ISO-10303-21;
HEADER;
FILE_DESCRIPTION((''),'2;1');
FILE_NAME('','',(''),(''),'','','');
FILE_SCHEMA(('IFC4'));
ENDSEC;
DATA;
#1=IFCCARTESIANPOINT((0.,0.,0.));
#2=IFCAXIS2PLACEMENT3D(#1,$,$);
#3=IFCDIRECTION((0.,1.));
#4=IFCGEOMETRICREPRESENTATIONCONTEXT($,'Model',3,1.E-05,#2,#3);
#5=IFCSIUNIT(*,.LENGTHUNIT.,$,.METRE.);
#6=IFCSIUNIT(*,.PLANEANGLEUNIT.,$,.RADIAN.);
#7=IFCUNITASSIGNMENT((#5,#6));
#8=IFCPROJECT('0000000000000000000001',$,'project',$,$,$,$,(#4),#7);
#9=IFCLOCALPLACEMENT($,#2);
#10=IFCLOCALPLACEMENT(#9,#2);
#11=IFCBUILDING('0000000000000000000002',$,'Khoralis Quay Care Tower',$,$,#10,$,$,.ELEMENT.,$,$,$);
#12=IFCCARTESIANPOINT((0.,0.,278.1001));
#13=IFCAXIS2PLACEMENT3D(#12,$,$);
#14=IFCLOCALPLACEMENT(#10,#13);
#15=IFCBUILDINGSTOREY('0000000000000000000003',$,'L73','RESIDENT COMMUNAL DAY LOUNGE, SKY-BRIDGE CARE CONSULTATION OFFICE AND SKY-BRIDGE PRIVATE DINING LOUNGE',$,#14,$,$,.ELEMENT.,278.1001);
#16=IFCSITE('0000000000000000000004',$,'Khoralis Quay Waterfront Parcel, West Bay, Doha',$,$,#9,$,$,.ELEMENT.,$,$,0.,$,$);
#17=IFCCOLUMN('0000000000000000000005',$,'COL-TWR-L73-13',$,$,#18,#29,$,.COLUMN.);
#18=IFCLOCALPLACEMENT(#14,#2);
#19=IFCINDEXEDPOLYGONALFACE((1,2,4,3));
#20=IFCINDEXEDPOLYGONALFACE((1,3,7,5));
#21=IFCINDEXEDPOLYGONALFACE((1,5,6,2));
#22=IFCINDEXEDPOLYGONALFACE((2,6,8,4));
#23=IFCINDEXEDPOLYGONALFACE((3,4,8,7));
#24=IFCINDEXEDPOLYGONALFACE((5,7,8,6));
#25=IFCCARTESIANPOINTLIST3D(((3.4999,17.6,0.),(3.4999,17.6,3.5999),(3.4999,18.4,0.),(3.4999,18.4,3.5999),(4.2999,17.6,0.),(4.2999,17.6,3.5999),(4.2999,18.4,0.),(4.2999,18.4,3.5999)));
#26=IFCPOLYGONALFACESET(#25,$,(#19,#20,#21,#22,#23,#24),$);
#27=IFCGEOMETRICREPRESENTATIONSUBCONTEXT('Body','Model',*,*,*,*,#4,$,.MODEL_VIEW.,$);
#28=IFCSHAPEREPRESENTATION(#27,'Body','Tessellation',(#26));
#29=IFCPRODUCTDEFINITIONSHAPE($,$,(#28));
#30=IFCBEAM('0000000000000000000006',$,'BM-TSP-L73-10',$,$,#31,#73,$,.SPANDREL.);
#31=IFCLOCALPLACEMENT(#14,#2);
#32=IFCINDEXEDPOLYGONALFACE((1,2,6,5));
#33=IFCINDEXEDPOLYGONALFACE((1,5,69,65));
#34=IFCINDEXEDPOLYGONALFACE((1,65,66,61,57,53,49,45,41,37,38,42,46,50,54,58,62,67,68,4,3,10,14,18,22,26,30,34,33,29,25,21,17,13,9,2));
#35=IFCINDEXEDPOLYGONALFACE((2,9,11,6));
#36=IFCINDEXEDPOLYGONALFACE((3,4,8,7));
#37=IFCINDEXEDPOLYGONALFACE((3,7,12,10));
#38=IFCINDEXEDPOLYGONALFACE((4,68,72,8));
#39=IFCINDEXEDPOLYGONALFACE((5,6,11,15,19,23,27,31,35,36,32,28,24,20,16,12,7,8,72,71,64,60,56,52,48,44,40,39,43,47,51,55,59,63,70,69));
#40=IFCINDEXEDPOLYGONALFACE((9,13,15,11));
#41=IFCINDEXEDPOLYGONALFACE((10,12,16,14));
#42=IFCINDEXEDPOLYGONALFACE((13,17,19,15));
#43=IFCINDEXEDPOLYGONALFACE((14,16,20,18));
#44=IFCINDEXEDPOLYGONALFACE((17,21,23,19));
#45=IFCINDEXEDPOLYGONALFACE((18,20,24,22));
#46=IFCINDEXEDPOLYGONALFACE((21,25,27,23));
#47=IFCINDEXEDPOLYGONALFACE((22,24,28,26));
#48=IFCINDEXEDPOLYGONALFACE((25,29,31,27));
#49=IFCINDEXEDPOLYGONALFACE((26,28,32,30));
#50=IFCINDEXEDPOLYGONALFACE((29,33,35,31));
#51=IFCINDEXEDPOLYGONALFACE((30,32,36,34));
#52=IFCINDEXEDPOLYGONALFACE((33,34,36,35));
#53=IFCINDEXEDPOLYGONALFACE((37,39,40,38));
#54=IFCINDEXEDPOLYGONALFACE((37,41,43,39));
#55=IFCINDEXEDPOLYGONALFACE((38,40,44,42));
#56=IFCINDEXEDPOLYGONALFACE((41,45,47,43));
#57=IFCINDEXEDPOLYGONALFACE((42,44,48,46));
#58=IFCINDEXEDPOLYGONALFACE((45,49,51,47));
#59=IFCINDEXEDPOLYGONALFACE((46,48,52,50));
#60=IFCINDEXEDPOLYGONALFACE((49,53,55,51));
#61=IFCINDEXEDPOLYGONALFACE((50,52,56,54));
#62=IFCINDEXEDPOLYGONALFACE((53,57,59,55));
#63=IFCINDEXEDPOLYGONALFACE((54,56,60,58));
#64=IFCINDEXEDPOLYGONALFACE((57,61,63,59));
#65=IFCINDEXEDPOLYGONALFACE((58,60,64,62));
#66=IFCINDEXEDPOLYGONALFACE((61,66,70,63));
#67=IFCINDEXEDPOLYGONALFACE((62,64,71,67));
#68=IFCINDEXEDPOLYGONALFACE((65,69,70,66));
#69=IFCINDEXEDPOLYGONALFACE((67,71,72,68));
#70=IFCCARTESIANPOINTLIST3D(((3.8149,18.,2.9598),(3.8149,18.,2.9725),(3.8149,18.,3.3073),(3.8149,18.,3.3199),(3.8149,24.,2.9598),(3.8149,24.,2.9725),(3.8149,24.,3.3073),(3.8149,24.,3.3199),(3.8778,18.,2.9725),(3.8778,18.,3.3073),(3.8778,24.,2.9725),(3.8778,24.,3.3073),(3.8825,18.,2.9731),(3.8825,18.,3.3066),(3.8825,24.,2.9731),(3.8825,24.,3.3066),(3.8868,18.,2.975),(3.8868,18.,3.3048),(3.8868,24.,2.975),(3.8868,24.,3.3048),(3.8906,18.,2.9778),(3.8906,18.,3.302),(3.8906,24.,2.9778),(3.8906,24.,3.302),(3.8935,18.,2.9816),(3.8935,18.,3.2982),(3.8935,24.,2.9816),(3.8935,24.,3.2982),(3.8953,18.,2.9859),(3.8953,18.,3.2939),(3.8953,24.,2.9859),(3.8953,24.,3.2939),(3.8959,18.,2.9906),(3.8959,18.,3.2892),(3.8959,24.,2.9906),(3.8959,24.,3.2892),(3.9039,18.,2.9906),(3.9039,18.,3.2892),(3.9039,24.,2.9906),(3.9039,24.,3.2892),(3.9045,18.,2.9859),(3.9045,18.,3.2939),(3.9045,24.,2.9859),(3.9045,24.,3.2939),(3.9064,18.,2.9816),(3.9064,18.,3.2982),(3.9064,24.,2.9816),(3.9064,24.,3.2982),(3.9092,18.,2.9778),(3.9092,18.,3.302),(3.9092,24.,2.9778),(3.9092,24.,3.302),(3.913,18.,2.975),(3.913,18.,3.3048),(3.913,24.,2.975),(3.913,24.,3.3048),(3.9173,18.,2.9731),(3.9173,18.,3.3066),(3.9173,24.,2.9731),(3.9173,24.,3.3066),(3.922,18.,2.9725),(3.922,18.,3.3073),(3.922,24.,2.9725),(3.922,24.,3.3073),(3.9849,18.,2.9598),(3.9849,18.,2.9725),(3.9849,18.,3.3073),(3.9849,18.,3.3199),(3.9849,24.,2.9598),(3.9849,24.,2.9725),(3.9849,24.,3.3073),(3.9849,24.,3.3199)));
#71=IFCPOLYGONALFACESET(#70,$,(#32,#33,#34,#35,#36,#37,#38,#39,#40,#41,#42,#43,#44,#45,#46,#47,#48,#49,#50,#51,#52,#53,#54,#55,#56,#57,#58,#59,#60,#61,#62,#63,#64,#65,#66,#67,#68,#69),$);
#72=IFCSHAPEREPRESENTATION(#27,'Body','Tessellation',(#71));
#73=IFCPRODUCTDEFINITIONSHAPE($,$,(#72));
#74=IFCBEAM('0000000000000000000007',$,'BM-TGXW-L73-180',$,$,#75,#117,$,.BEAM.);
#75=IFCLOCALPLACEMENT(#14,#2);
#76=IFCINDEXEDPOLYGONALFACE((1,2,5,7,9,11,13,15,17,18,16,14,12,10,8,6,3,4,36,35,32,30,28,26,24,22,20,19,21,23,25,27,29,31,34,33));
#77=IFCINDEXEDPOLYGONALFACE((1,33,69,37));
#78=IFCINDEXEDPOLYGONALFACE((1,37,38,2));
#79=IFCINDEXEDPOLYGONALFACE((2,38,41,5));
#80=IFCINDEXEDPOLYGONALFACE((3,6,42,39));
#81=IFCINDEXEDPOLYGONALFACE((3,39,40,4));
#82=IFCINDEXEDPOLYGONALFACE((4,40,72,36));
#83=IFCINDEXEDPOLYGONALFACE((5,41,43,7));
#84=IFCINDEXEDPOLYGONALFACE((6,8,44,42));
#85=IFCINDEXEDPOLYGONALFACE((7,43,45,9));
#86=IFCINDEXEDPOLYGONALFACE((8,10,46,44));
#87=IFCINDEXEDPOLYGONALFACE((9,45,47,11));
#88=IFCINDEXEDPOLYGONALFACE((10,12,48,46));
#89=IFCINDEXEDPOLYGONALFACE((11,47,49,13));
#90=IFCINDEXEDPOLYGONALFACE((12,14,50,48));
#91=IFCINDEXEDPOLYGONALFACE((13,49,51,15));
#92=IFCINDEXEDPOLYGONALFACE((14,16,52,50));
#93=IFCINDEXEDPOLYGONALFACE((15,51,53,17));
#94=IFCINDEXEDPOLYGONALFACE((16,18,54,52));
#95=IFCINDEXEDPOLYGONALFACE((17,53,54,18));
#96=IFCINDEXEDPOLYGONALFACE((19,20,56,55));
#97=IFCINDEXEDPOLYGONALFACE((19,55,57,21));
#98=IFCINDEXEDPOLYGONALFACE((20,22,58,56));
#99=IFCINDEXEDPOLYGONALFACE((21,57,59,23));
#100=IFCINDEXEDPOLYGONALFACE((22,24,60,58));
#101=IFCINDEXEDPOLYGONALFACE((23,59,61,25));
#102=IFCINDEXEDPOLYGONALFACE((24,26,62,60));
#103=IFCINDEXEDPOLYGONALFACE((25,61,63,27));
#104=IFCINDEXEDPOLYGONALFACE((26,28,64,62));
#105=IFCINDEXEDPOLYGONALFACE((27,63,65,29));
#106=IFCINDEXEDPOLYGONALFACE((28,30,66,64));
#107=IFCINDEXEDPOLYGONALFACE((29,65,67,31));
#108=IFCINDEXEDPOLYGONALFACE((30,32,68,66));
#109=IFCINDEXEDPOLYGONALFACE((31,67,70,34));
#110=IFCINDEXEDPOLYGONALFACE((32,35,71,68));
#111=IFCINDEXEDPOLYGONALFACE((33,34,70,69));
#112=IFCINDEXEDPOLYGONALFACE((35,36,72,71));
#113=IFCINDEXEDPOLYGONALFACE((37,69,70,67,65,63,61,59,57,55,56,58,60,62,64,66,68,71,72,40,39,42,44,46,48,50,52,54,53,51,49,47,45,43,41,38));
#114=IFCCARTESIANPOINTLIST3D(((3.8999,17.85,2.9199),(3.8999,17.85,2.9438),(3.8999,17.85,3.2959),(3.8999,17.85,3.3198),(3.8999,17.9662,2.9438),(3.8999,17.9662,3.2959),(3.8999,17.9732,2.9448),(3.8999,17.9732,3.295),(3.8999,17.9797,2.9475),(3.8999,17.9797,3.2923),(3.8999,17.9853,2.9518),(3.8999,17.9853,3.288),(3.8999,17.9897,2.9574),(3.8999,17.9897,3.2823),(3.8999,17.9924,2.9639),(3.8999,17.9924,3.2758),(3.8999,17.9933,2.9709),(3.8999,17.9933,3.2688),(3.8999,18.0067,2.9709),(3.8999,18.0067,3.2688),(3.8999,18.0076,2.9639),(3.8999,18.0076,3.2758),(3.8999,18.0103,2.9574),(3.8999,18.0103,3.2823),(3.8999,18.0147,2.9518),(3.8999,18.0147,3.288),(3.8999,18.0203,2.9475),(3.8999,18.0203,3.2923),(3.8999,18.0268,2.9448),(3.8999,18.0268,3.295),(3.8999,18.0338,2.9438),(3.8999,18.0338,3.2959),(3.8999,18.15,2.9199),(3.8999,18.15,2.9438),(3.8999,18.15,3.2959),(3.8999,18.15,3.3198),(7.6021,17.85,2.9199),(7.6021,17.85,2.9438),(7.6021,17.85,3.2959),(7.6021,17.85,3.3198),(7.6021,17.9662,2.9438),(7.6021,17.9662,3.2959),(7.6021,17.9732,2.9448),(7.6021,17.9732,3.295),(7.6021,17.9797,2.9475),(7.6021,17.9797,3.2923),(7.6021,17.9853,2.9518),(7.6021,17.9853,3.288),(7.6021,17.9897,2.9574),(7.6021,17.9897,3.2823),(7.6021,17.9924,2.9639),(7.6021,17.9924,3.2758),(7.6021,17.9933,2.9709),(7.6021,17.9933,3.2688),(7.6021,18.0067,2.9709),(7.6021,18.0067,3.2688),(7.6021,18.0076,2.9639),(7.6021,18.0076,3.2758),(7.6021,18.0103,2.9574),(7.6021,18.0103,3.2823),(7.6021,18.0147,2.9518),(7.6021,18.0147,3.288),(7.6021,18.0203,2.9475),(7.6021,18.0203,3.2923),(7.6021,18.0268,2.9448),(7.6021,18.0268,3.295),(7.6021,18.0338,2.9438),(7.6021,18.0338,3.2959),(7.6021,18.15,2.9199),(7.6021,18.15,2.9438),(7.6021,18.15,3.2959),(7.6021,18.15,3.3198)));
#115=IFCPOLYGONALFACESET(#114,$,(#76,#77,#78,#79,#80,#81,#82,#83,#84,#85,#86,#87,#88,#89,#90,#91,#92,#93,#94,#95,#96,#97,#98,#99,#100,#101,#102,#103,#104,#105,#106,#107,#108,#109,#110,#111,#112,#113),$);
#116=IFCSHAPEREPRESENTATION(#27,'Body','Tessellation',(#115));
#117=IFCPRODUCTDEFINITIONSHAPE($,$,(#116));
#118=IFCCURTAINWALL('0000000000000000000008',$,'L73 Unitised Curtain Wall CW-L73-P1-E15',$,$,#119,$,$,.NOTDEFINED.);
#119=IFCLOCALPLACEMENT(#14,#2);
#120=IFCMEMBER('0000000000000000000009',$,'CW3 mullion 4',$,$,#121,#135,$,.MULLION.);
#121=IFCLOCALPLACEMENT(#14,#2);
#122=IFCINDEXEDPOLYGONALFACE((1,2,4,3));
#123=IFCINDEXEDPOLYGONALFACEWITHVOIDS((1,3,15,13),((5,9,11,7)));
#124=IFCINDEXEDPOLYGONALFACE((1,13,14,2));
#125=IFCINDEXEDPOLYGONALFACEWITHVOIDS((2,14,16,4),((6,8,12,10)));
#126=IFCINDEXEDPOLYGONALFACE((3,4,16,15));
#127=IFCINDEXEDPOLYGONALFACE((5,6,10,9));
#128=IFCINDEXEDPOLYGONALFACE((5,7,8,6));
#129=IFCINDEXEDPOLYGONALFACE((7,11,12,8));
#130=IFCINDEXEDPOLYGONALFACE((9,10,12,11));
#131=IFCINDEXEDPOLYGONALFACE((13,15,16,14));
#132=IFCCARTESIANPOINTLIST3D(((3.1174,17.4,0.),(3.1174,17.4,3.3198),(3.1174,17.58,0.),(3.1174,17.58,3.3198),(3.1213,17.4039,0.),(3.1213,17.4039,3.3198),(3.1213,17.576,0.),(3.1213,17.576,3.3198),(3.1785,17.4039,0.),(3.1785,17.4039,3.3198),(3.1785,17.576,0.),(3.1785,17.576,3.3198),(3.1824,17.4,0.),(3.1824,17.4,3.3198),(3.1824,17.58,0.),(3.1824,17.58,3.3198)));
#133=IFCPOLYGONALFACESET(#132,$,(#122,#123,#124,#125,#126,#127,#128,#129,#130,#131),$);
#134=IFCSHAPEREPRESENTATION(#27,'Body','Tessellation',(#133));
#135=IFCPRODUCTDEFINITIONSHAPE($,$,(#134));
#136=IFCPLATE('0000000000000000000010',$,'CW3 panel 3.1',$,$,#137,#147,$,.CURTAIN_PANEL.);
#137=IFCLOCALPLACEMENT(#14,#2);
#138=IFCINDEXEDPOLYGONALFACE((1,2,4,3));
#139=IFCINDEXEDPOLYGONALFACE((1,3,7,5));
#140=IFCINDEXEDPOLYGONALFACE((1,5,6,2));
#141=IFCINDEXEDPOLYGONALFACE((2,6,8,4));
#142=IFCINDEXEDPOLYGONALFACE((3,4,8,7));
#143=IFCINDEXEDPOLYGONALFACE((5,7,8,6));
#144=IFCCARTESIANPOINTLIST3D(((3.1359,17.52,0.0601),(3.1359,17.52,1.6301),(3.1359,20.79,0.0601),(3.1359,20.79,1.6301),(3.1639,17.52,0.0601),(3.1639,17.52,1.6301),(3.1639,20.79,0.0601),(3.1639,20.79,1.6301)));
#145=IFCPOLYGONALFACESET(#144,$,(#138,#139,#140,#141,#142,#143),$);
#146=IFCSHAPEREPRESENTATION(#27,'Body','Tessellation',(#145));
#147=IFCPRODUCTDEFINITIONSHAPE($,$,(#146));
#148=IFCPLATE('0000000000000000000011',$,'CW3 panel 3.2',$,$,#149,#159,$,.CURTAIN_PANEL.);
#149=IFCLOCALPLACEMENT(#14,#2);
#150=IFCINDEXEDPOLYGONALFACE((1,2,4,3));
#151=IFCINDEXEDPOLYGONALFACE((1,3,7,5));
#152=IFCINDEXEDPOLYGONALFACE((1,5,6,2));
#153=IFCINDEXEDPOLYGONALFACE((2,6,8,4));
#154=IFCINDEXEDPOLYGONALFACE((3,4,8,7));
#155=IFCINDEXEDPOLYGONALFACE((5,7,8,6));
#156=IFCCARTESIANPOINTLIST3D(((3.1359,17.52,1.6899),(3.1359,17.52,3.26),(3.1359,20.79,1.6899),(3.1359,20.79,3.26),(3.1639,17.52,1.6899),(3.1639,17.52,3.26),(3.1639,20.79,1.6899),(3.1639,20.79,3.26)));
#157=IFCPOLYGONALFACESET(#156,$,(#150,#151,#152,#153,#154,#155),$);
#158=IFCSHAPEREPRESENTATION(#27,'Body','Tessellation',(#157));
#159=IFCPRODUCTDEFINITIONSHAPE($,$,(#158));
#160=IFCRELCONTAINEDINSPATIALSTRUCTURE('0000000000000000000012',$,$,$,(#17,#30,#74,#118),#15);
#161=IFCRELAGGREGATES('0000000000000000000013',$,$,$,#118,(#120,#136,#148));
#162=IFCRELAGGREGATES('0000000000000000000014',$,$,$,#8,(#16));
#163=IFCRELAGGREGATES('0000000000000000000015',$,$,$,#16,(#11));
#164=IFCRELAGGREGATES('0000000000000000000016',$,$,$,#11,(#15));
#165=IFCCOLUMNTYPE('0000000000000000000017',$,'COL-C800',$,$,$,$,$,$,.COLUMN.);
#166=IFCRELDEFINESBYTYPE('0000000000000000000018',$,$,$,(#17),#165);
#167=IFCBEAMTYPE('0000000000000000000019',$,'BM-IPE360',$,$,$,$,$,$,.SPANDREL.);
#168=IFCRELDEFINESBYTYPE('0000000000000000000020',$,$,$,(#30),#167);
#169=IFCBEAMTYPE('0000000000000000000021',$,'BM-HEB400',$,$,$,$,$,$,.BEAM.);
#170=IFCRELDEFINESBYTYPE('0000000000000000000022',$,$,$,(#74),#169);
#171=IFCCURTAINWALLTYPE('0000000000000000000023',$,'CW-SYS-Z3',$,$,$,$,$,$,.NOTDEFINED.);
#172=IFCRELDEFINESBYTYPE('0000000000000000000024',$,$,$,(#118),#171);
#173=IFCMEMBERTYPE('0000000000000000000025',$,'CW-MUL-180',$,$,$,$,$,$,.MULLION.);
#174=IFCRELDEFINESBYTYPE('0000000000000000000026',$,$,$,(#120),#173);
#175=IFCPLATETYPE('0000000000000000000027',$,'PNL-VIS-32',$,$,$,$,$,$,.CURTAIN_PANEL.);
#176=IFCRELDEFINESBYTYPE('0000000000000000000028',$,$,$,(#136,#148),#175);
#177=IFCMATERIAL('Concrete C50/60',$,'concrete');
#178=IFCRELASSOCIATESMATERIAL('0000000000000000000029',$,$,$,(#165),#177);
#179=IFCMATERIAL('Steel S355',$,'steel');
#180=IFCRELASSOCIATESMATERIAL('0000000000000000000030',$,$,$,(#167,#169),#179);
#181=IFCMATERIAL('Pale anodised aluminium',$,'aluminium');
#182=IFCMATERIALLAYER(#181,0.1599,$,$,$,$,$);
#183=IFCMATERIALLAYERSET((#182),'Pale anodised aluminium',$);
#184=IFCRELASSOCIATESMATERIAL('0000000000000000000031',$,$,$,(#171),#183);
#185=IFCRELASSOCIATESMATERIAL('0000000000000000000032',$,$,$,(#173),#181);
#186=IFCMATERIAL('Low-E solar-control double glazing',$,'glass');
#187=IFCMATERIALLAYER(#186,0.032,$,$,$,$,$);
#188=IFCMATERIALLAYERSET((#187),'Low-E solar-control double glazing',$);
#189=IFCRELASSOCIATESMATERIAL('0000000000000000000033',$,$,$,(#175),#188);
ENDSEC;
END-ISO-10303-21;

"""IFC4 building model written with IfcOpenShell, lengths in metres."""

from ifc_helpers import new_model, si_unit, direction, frame, origin, origin_2d, place, context, subcontext, project, spatial, rectangle, hollow_rectangle, i_section, extrude, source, transform, mapped, material, layer, layer_set, material_profile, profile_set, type_object, element, aggregate, save


model = new_model("IFC4")

# Units and contexts
model_context = context("Model", 3, precision=1e-05, world=origin(), true_north=direction((0.0, 1.0)))
body_context = subcontext(model_context, "Body", "Model", "MODEL_VIEW")
ifc_project = project(units=[si_unit("LENGTHUNIT", "METRE"), si_unit("PLANEANGLEUNIT", "RADIAN")], contexts=[model_context])

# Site, building, storey
site_placement = place(None, origin())
site = spatial("IfcSite", under=ifc_project, at=site_placement, Name="Khoralis Quay Waterfront Parcel, West Bay, Doha", CompositionType="ELEMENT", RefElevation=0.0)
building_placement = place(site_placement, origin())
building = spatial("IfcBuilding", under=site, at=building_placement, Name="Khoralis Quay Care Tower", CompositionType="ELEMENT")
storey_placement = place(building_placement, frame((0.0, 0.0, 278.1001)))
storey = spatial("IfcBuildingStorey", under=building, at=storey_placement, Name="L73", Description="RESIDENT COMMUNAL DAY LOUNGE, SKY-BRIDGE CARE CONSULTATION OFFICE AND SKY-BRIDGE PRIVATE DINING LOUNGE", CompositionType="ELEMENT", Elevation=278.1001)

# Column
ifc_material_1 = material(Name="Concrete C50/60", Category="concrete")
ifc_material_profile_1 = material_profile(ifc_material_1, rectangle(XDim=0.8, YDim=0.8, at=origin_2d()), Name="Concrete C50/60")
ifc_profile_set_1 = profile_set([ifc_material_profile_1], Name="Concrete C50/60")
column_type = type_object("IfcColumnType", Name="COL-C800", PredefinedType="COLUMN", material=ifc_profile_set_1)
shared_shape_1 = source(origin(), body_context, "Body", "SweptSolid", [
    extrude(rectangle(XDim=0.8, YDim=0.8, at=origin_2d()), origin(), (0.0, 0.0, 1.0), 3.5999),
])
column_placement = place(storey_placement, frame((3.8999, 18.0, 0.0), z_axis=(0.0, 0.0, 1.0), x_axis=(1.0, 0.0, 0.0)))
element("IfcColumn", 1, at=column_placement, inside=storey, type_object=column_type, Name="COL-TWR-L73-13", PredefinedType="COLUMN", context=body_context, shape_type="MappedRepresentation", body=[
    mapped(shared_shape_1, transform((0.0, 0.0, 0.0), scale=1.0)),
])

# Beams
ifc_material_2 = material(Name="Steel S355", Category="steel")
ifc_material_profile_2 = material_profile(ifc_material_2, i_section(OverallWidth=0.1699, OverallDepth=0.3601, WebThickness=0.0081, FlangeThickness=0.0127, FilletRadius=0.0181, at=origin_2d()), Name="Steel S355")
ifc_profile_set_2 = profile_set([ifc_material_profile_2], Name="Steel S355")
beam_type_1 = type_object("IfcBeamType", Name="BM-IPE360", PredefinedType="SPANDREL", material=ifc_profile_set_2)
shared_shape_2 = source(origin(), body_context, "Body", "SweptSolid", [
    extrude(i_section(OverallWidth=0.1699, OverallDepth=0.3601, WebThickness=0.0081, FlangeThickness=0.0127, FilletRadius=0.0181, at=origin_2d()), origin(), (0.0, 0.0, 1.0), 6.0),
])
beam_1_placement = place(storey_placement, frame((3.8999, 18.0, 3.1399), z_axis=(0.0, 1.0, 0.0), x_axis=(-1.0, 0.0, 0.0)))
element("IfcBeam", 2, at=beam_1_placement, inside=storey, type_object=beam_type_1, Name="BM-TSP-L73-10", PredefinedType="SPANDREL", context=body_context, shape_type="MappedRepresentation", body=[
    mapped(shared_shape_2, transform((0.0, 0.0, 0.0), scale=1.0)),
])
ifc_material_profile_3 = material_profile(ifc_material_2, i_section(OverallWidth=0.3, OverallDepth=0.3999, WebThickness=0.0134, FlangeThickness=0.0239, FilletRadius=0.0271, at=origin_2d()), Name="Steel S355")
ifc_profile_set_3 = profile_set([ifc_material_profile_3], Name="Steel S355")
beam_type_2 = type_object("IfcBeamType", Name="BM-HEB400", PredefinedType="BEAM", material=ifc_profile_set_3)
shared_shape_3 = source(origin(), body_context, "Body", "SweptSolid", [
    extrude(i_section(OverallWidth=0.3, OverallDepth=0.3999, WebThickness=0.0134, FlangeThickness=0.0239, FilletRadius=0.0271, at=origin_2d()), origin(), (0.0, 0.0, 1.0), 3.7021),
])
beam_2_placement = place(storey_placement, frame((3.8999, 18.0, 3.1199), z_axis=(1.0, 0.0, 0.0), x_axis=(0.0, 1.0, 0.0)))
element("IfcBeam", 3, at=beam_2_placement, inside=storey, type_object=beam_type_2, Name="BM-TGXW-L73-180", PredefinedType="BEAM", context=body_context, shape_type="MappedRepresentation", body=[
    mapped(shared_shape_3, transform((0.0, 0.0, 0.0), scale=1.0)),
])

# Curtain wall, member, plates
ifc_material_3 = material(Name="Pale anodised aluminium", Category="aluminium")
ifc_layer_1 = layer(ifc_material_3, 0.1599)
ifc_layer_set_1 = layer_set([ifc_layer_1], Name="Pale anodised aluminium")
curtain_wall_type = type_object("IfcCurtainWallType", Name="CW-SYS-Z3", PredefinedType="NOTDEFINED", material=ifc_layer_set_1)
curtain_wall_placement = place(storey_placement, origin())
curtain_wall = element("IfcCurtainWall", 4, at=curtain_wall_placement, inside=storey, type_object=curtain_wall_type, Name="L73 Unitised Curtain Wall CW-L73-P1-E15", PredefinedType="NOTDEFINED")
ifc_material_profile_4 = material_profile(ifc_material_3, hollow_rectangle(XDim=0.0649, YDim=0.1799, WallThickness=0.0039, at=origin_2d()), Name="Pale anodised aluminium")
ifc_profile_set_4 = profile_set([ifc_material_profile_4], Name="Pale anodised aluminium")
member_type = type_object("IfcMemberType", Name="CW-MUL-180", PredefinedType="MULLION", material=ifc_profile_set_4)
shared_shape_4 = source(origin(), body_context, "Body", "SweptSolid", [
    extrude(hollow_rectangle(XDim=0.0649, YDim=0.1799, WallThickness=0.0039, at=origin_2d()), origin(), (0.0, 0.0, 1.0), 3.3198),
])
member_placement = place(storey_placement, frame((3.1499, 17.49, 0.0), z_axis=(0.0, 0.0, 1.0), x_axis=(1.0, 0.0, 0.0)))
member = element("IfcMember", 5, at=member_placement, type_object=member_type, Name="CW3 mullion 4", PredefinedType="MULLION", context=body_context, shape_type="MappedRepresentation", body=[
    mapped(shared_shape_4, transform((0.0, 0.0, 0.0), scale=1.0)),
])
ifc_material_4 = material(Name="Low-E solar-control double glazing", Category="glass")
ifc_layer_2 = layer(ifc_material_4, 0.032)
ifc_layer_set_2 = layer_set([ifc_layer_2], Name="Low-E solar-control double glazing")
plate_type = type_object("IfcPlateType", Name="PNL-VIS-32", PredefinedType="CURTAIN_PANEL", material=ifc_layer_set_2)
shared_shape_5 = source(origin(), body_context, "Body", "SweptSolid", [
    extrude(rectangle(XDim=3.27, YDim=0.0281, at=origin_2d()), origin(), (0.0, 0.0, 1.0), 1.5701),
])
plate_1_placement = place(storey_placement, frame((3.1499, 19.155, 0.0601), z_axis=(0.0, 0.0, 1.0), x_axis=(0.0, -1.0, 0.0)))
plate_1 = element("IfcPlate", 6, at=plate_1_placement, type_object=plate_type, Name="CW3 panel 3.1", PredefinedType="CURTAIN_PANEL", context=body_context, shape_type="MappedRepresentation", body=[
    mapped(shared_shape_5, transform((0.0, 0.0, 0.0), scale=1.0)),
])
plate_2_placement = place(storey_placement, frame((3.1499, 19.155, 1.6899), z_axis=(0.0, 0.0, 1.0), x_axis=(0.0, -1.0, 0.0)))
plate_2 = element("IfcPlate", 7, at=plate_2_placement, type_object=plate_type, Name="CW3 panel 3.2", PredefinedType="CURTAIN_PANEL", context=body_context, shape_type="MappedRepresentation", body=[
    mapped(shared_shape_5, transform((0.0, 0.0, 0.0), scale=1.0)),
])
aggregate(curtain_wall, [member, plate_1, plate_2])

save(model, "model.ifc")
